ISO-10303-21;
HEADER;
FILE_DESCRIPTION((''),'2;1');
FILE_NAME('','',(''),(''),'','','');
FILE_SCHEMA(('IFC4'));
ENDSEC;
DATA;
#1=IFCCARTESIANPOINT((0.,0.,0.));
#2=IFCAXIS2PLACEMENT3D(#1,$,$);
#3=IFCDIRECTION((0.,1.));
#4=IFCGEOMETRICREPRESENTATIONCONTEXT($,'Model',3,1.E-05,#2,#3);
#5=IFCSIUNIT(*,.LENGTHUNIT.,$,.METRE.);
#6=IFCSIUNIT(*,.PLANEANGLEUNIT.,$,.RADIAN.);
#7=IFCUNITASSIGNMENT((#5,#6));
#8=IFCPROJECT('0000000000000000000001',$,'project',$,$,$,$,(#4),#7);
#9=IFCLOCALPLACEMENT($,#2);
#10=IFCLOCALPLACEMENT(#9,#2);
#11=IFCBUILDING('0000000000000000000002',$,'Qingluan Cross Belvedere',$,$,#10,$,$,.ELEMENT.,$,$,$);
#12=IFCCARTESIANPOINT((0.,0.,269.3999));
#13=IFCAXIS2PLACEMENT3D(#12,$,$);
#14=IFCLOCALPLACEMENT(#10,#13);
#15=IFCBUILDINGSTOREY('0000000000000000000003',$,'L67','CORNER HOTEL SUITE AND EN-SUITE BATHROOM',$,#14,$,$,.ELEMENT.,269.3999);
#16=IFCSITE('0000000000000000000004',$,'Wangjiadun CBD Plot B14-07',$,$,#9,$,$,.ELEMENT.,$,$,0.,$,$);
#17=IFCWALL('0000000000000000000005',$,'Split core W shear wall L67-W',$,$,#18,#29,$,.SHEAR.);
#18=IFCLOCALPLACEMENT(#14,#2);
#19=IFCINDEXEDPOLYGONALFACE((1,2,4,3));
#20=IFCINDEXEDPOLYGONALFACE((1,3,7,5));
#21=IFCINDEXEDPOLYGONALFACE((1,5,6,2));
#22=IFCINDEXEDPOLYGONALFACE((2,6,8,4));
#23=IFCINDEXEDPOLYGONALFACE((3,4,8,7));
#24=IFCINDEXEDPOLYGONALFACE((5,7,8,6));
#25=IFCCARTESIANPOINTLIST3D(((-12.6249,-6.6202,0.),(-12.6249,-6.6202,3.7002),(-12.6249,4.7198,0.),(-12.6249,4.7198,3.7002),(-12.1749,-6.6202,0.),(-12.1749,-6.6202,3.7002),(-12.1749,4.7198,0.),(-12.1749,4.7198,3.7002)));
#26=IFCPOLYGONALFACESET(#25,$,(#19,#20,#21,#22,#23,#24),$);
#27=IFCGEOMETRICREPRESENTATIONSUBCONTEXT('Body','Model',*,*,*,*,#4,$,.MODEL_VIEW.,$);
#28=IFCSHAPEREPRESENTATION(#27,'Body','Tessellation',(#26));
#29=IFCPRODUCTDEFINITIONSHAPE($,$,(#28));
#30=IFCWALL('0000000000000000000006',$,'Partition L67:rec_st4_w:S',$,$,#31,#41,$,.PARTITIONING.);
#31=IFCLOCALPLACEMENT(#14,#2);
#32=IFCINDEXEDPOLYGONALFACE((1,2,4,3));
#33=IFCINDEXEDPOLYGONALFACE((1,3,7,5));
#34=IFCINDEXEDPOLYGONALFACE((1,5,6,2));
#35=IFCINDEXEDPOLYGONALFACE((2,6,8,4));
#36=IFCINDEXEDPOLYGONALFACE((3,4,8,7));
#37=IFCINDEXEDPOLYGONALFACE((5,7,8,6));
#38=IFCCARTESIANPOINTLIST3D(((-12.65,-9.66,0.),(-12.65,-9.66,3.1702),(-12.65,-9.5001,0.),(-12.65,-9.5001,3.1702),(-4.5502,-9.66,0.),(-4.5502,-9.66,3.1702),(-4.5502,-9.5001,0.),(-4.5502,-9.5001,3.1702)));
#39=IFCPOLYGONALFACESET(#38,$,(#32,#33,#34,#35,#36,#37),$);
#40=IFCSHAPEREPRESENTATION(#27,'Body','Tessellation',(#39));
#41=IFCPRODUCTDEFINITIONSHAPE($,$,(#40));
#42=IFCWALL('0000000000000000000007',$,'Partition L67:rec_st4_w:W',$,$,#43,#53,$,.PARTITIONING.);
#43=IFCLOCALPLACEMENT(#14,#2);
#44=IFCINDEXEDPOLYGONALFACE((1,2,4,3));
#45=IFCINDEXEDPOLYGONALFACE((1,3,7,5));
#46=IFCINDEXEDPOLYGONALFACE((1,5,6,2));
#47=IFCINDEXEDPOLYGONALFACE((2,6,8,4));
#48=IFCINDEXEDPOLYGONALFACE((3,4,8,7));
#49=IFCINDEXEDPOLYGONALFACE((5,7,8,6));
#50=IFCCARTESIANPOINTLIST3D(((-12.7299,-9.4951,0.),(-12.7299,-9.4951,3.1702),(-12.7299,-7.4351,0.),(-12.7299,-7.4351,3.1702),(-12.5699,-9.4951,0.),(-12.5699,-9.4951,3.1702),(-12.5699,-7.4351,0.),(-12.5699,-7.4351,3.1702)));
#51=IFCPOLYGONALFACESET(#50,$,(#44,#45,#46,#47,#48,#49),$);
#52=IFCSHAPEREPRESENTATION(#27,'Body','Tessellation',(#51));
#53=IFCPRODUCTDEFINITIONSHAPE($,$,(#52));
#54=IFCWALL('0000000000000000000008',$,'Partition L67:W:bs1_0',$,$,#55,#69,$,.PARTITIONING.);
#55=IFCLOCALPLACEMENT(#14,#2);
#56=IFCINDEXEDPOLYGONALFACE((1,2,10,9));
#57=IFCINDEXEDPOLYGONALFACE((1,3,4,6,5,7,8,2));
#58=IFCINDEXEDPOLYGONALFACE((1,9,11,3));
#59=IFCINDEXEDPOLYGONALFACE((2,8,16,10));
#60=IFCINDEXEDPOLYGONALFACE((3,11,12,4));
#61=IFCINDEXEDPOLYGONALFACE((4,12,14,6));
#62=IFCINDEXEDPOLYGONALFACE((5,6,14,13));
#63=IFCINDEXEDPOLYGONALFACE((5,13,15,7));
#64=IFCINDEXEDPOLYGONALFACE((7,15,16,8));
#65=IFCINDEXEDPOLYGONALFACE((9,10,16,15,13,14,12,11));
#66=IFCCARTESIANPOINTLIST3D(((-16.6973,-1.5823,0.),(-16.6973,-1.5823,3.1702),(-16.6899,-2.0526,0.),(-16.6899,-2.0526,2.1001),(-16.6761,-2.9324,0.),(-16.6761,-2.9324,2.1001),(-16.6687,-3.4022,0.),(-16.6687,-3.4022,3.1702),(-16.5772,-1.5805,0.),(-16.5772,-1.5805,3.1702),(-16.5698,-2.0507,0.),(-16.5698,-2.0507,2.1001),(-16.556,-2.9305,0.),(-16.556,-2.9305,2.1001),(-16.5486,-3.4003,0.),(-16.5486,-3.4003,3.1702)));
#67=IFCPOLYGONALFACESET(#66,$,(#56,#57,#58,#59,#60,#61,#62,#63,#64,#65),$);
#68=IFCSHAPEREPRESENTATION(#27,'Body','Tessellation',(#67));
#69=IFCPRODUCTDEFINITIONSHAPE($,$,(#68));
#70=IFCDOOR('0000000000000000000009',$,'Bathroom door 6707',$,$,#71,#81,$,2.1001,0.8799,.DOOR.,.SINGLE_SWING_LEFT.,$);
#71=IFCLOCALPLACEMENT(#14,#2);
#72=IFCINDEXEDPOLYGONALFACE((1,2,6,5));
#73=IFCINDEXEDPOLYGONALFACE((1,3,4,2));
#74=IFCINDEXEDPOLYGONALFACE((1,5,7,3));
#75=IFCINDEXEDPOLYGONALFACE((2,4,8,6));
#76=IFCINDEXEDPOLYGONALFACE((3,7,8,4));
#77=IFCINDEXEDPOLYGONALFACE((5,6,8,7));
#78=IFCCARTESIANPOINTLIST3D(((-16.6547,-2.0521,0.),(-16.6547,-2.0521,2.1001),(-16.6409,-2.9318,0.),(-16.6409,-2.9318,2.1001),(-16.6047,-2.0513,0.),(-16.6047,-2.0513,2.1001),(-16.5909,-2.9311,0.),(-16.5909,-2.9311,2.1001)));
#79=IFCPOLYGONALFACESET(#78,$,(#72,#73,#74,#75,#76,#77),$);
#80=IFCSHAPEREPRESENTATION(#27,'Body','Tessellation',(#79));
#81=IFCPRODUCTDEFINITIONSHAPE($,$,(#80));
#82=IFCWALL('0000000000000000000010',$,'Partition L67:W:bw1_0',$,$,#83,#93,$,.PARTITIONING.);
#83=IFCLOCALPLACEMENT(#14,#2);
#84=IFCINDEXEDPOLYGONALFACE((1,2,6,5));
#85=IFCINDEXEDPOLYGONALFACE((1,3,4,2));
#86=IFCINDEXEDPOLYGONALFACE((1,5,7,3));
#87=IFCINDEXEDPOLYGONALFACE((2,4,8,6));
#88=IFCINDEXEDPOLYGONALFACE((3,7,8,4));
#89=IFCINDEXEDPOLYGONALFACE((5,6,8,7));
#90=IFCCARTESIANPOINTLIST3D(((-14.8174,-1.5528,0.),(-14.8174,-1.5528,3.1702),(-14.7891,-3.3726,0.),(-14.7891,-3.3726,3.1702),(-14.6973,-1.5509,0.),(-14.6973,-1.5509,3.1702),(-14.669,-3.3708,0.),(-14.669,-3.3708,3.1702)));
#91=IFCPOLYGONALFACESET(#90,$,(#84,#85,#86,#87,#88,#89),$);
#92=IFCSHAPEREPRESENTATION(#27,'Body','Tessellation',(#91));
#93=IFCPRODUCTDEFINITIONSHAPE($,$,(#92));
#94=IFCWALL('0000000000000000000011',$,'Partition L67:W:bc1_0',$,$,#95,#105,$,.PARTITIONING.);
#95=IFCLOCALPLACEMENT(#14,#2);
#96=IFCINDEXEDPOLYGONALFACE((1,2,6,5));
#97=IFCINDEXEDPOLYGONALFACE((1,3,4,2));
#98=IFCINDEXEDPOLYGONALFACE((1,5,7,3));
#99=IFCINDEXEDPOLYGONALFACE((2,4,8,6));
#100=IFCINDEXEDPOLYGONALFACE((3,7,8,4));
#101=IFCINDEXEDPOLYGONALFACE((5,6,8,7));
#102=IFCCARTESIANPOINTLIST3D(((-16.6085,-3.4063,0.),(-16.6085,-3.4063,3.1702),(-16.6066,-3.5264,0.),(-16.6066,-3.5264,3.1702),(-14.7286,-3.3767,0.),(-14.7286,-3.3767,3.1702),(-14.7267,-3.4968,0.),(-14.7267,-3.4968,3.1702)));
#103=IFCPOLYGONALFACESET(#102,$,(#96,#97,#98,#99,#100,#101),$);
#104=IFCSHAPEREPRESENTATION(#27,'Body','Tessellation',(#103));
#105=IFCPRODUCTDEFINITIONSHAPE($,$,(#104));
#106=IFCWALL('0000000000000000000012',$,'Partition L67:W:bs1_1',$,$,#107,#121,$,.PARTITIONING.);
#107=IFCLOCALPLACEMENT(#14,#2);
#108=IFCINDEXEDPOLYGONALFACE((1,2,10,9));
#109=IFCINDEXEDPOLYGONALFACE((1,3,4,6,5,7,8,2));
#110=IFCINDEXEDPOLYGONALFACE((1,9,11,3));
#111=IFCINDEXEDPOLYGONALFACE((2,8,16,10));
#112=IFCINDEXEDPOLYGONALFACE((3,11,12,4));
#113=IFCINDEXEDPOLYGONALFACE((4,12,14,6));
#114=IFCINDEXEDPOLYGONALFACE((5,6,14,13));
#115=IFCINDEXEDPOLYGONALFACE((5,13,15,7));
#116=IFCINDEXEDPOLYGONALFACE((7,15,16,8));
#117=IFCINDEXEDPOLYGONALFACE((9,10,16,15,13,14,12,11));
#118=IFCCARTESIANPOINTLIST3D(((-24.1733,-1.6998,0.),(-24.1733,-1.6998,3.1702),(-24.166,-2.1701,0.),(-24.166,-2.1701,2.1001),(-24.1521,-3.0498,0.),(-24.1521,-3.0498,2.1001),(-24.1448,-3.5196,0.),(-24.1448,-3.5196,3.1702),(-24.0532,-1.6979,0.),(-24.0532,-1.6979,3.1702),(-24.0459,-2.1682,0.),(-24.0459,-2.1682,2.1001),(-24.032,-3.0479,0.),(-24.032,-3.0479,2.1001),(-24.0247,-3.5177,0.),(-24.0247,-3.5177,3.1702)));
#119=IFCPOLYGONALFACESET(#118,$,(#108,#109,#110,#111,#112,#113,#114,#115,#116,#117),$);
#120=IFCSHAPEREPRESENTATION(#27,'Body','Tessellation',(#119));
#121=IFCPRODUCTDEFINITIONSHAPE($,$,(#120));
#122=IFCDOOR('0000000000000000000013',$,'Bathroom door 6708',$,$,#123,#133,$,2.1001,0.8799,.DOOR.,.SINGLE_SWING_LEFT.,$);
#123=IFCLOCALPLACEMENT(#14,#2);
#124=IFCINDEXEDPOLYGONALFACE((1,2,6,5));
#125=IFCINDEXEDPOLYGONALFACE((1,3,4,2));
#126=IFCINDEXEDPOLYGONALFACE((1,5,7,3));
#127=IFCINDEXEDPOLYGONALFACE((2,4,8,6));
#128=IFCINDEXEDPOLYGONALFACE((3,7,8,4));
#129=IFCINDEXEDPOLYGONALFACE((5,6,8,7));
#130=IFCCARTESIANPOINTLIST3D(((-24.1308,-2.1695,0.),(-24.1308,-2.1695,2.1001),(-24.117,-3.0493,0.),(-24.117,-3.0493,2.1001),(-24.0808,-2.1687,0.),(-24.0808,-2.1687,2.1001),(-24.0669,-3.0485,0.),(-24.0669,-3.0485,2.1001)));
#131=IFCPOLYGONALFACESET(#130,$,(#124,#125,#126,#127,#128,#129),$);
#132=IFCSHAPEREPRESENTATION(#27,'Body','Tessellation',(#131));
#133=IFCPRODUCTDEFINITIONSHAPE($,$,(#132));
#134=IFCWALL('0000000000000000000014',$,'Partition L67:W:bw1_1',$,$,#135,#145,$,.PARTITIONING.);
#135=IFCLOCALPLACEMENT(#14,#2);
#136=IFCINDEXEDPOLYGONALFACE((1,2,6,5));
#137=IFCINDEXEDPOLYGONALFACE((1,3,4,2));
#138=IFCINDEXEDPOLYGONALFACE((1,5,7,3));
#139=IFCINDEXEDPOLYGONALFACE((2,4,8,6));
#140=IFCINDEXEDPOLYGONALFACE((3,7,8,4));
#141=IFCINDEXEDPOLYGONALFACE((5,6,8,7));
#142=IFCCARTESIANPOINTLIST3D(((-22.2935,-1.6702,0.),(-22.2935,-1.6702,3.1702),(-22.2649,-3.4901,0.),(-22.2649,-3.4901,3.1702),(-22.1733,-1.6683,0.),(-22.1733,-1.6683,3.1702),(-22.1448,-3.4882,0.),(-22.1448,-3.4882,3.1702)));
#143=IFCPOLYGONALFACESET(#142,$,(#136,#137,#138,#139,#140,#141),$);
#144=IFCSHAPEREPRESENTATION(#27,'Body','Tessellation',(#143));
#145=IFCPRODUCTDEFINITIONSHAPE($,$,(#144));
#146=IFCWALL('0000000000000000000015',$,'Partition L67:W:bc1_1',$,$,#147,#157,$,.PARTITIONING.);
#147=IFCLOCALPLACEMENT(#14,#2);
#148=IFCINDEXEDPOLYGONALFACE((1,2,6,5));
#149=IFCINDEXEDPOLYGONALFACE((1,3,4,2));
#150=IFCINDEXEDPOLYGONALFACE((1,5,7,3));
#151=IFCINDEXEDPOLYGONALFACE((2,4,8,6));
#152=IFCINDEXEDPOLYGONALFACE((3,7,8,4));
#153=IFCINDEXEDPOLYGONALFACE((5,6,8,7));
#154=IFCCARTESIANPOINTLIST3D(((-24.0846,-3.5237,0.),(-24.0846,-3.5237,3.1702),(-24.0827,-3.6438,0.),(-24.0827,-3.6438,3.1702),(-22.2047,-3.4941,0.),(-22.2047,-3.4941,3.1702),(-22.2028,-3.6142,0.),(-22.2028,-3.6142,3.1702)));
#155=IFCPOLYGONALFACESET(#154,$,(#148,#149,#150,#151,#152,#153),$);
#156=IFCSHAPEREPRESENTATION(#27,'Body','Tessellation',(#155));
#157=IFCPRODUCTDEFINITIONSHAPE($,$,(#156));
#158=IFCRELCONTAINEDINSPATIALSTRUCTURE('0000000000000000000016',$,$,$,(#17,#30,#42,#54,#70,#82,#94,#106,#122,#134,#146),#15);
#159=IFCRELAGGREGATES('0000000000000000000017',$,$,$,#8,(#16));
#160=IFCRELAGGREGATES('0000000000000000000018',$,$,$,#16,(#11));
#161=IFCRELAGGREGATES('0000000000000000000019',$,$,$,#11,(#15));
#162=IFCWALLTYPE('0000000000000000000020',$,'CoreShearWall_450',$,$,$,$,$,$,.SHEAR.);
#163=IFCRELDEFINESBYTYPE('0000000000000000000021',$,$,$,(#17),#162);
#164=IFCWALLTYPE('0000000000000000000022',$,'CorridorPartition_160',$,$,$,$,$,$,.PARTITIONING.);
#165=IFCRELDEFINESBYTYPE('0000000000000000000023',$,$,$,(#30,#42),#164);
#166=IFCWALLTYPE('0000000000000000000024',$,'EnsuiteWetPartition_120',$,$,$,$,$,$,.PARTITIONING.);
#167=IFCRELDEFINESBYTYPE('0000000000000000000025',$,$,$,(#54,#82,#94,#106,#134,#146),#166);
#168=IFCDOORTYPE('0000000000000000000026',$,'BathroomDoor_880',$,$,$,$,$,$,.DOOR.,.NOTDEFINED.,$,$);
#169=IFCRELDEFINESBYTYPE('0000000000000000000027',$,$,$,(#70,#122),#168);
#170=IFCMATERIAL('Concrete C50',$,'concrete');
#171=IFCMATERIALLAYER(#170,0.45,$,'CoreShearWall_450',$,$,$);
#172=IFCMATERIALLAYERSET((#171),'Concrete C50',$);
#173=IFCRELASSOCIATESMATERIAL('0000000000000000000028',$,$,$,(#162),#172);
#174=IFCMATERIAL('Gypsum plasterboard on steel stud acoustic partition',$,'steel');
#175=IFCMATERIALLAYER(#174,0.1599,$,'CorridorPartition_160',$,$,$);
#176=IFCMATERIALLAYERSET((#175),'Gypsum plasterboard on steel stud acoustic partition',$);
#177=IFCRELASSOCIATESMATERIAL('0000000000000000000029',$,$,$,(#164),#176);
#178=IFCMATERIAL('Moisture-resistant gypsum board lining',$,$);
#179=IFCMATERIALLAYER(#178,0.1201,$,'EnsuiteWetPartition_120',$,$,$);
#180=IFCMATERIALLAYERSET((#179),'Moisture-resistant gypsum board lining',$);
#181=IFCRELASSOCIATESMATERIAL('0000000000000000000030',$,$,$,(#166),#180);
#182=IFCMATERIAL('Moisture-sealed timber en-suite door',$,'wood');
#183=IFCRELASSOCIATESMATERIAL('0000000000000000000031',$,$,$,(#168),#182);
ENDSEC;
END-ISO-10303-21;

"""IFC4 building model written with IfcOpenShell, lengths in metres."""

from ifc_helpers import new_model, si_unit, direction, frame, frame_2d, origin, place, context, subcontext, project, spatial, rectangle, extrude, material, layer, layer_set, type_object, element, fill, save


model = new_model("IFC4")

# Units and contexts
model_context = context("Model", 3, precision=1e-05, world=origin(), true_north=direction((0.0, 1.0)))
body_context = subcontext(model_context, "Body", "Model", "MODEL_VIEW")
ifc_project = project(units=[si_unit("LENGTHUNIT", "METRE"), si_unit("PLANEANGLEUNIT", "RADIAN")], contexts=[model_context])

# Site, building, storey
site_placement = place(None, origin())
site = spatial("IfcSite", under=ifc_project, at=site_placement, Name="Wangjiadun CBD Plot B14-07", CompositionType="ELEMENT", RefElevation=0.0)
building_placement = place(site_placement, origin())
building = spatial("IfcBuilding", under=site, at=building_placement, Name="Qingluan Cross Belvedere", CompositionType="ELEMENT")
storey_placement = place(building_placement, frame((0.0, 0.0, 269.3999)))
storey = spatial("IfcBuildingStorey", under=building, at=storey_placement, Name="L67", Description="CORNER HOTEL SUITE AND EN-SUITE BATHROOM", CompositionType="ELEMENT", Elevation=269.3999)

# Walls
ifc_material_1 = material(Name="Concrete C50", Category="concrete")
ifc_layer_1 = layer(ifc_material_1, 0.45, Name="CoreShearWall_450")
ifc_layer_set_1 = layer_set([ifc_layer_1], Name="Concrete C50")
wall_type_1 = type_object("IfcWallType", Name="CoreShearWall_450", PredefinedType="SHEAR", material=ifc_layer_set_1)
wall_1_placement = place(storey_placement, frame((-12.3999, -6.6201, 0.0), z_axis=(0.0, 0.0, 1.0), x_axis=(0.0, 1.0, 0.0)))
element("IfcWall", 1, at=wall_1_placement, inside=storey, type_object=wall_type_1, Name="Split core W shear wall L67-W", PredefinedType="SHEAR", context=body_context, shape_type="SweptSolid", body=[
    extrude(rectangle(XDim=11.3401, YDim=0.45, at=frame_2d((5.6699, 0.0))), origin(), (0.0, 0.0, 1.0), 3.7002),
])
ifc_material_2 = material(Name="Gypsum plasterboard on steel stud acoustic partition", Category="steel")
ifc_layer_2 = layer(ifc_material_2, 0.1599, Name="CorridorPartition_160")
ifc_layer_set_2 = layer_set([ifc_layer_2], Name="Gypsum plasterboard on steel stud acoustic partition")
wall_type_2 = type_object("IfcWallType", Name="CorridorPartition_160", PredefinedType="PARTITIONING", material=ifc_layer_set_2)
wall_2_placement = place(storey_placement, frame((-12.6499, -9.5801, 0.0), z_axis=(0.0, 0.0, 1.0), x_axis=(1.0, 0.0, 0.0)))
element("IfcWall", 2, at=wall_2_placement, inside=storey, type_object=wall_type_2, Name="Partition L67:rec_st4_w:S", PredefinedType="PARTITIONING", context=body_context, shape_type="SweptSolid", body=[
    extrude(rectangle(XDim=8.0999, YDim=0.1599, at=frame_2d((4.0498, 0.0))), origin(), (0.0, 0.0, 1.0), 3.1702),
])
wall_3_placement = place(storey_placement, frame((-12.6499, -9.4951, 0.0), z_axis=(0.0, 0.0, 1.0), x_axis=(0.0, 1.0, 0.0)))
element("IfcWall", 3, at=wall_3_placement, inside=storey, type_object=wall_type_2, Name="Partition L67:rec_st4_w:W", PredefinedType="PARTITIONING", context=body_context, shape_type="SweptSolid", body=[
    extrude(rectangle(XDim=2.0601, YDim=0.1599, at=frame_2d((1.03, 0.0))), origin(), (0.0, 0.0, 1.0), 3.1702),
])

# Wall, opening, door
ifc_material_3 = material(Name="Moisture-resistant gypsum board lining")
ifc_layer_3 = layer(ifc_material_3, 0.1201, Name="EnsuiteWetPartition_120")
ifc_layer_set_3 = layer_set([ifc_layer_3], Name="Moisture-resistant gypsum board lining")
wall_type_3 = type_object("IfcWallType", Name="EnsuiteWetPartition_120", PredefinedType="PARTITIONING", material=ifc_layer_set_3)
wall_4_placement = place(storey_placement, frame((-16.6086, -3.4014, 0.0), z_axis=(0.0, 0.0, 1.0), x_axis=(-0.015694, 0.999877, 0.0)))
wall_4 = element("IfcWall", 4, at=wall_4_placement, inside=storey, type_object=wall_type_3, Name="Partition L67:W:bs1_0", PredefinedType="PARTITIONING", context=body_context, shape_type="SweptSolid", body=[
    extrude(rectangle(XDim=1.8201, YDim=0.1201, at=frame_2d((0.9102, 0.0))), origin(), (0.0, 0.0, 1.0), 3.1702),
])
opening_1_placement = place(wall_4_placement, frame((0.47, 0.0, 0.0)))
opening_1 = element("IfcOpeningElement", 5, at=opening_1_placement, cuts=wall_4, PredefinedType="OPENING", context=body_context, shape_type="SweptSolid", body=[
    extrude(rectangle(XDim=0.8799, YDim=2.1001, at=frame_2d((0.4399, 1.05))), frame((0.0, 0.0701, 0.0), z_axis=(0.0, -1.0, 0.0), x_axis=(1.0, 0.0, 0.0)), (0.0, 0.0, 1.0), 0.1401),
])
ifc_material_4 = material(Name="Moisture-sealed timber en-suite door", Category="wood")
door_type_1 = type_object("IfcDoorType", Name="BathroomDoor_880", OperationType="NOTDEFINED", PredefinedType="DOOR", material=ifc_material_4)
door_1_placement = place(opening_1_placement, origin())
door_1 = element("IfcDoor", 6, at=door_1_placement, inside=storey, type_object=door_type_1, Name="Bathroom door 6707", OperationType="SINGLE_SWING_LEFT", OverallHeight=2.1001, OverallWidth=0.8799, PredefinedType="DOOR", context=body_context, shape_type="SweptSolid", body=[
    extrude(rectangle(XDim=0.8799, YDim=2.1001, at=frame_2d((0.4399, 1.05))), frame((0.0, 0.0249, 0.0), z_axis=(0.0, -1.0, 0.0), x_axis=(1.0, 0.0, 0.0)), (0.0, 0.0, 1.0), 0.05),
])
fill(opening_1, door_1)

# Walls
wall_5_placement = place(storey_placement, frame((-14.729, -3.3718, 0.0), z_axis=(0.0, 0.0, 1.0), x_axis=(-0.01556, 0.999879, 0.0)))
element("IfcWall", 7, at=wall_5_placement, inside=storey, type_object=wall_type_3, Name="Partition L67:W:bw1_0", PredefinedType="PARTITIONING", context=body_context, shape_type="SweptSolid", body=[
    extrude(rectangle(XDim=1.8201, YDim=0.1201, at=frame_2d((0.9102, 0.0))), origin(), (0.0, 0.0, 1.0), 3.1702),
])
wall_6_placement = place(storey_placement, frame((-14.7278, -3.4368, 0.0), z_axis=(0.0, 0.0, 1.0), x_axis=(-0.999877, -0.015712, 0.0)))
element("IfcWall", 8, at=wall_6_placement, inside=storey, type_object=wall_type_3, Name="Partition L67:W:bc1_0", PredefinedType="PARTITIONING", context=body_context, shape_type="SweptSolid", body=[
    extrude(rectangle(XDim=1.8801, YDim=0.1201, at=frame_2d((0.9399, 0.0))), origin(), (0.0, 0.0, 1.0), 3.1702),
])

# Wall, opening, door
wall_7_placement = place(storey_placement, frame((-24.0847, -3.5188, 0.0), z_axis=(0.0, 0.0, 1.0), x_axis=(-0.015694, 0.999877, 0.0)))
wall_7 = element("IfcWall", 9, at=wall_7_placement, inside=storey, type_object=wall_type_3, Name="Partition L67:W:bs1_1", PredefinedType="PARTITIONING", context=body_context, shape_type="SweptSolid", body=[
    extrude(rectangle(XDim=1.8201, YDim=0.1201, at=frame_2d((0.9102, 0.0))), origin(), (0.0, 0.0, 1.0), 3.1702),
])
opening_2_placement = place(wall_7_placement, frame((0.47, 0.0, 0.0)))
opening_2 = element("IfcOpeningElement", 10, at=opening_2_placement, cuts=wall_7, PredefinedType="OPENING", context=body_context, shape_type="SweptSolid", body=[
    extrude(rectangle(XDim=0.8799, YDim=2.1001, at=frame_2d((0.4399, 1.05))), frame((0.0, 0.0701, 0.0), z_axis=(0.0, -1.0, 0.0), x_axis=(1.0, 0.0, 0.0)), (0.0, 0.0, 1.0), 0.1401),
])
door_2_placement = place(opening_2_placement, origin())
door_2 = element("IfcDoor", 11, at=door_2_placement, inside=storey, type_object=door_type_1, Name="Bathroom door 6708", OperationType="SINGLE_SWING_LEFT", OverallHeight=2.1001, OverallWidth=0.8799, PredefinedType="DOOR", context=body_context, shape_type="SweptSolid", body=[
    extrude(rectangle(XDim=0.8799, YDim=2.1001, at=frame_2d((0.4399, 1.05))), frame((0.0, 0.0249, 0.0), z_axis=(0.0, -1.0, 0.0), x_axis=(1.0, 0.0, 0.0)), (0.0, 0.0, 1.0), 0.05),
])
fill(opening_2, door_2)

# Walls
wall_8_placement = place(storey_placement, frame((-22.2048, -3.4893, 0.0), z_axis=(0.0, 0.0, 1.0), x_axis=(-0.015694, 0.999877, 0.0)))
element("IfcWall", 12, at=wall_8_placement, inside=storey, type_object=wall_type_3, Name="Partition L67:W:bw1_1", PredefinedType="PARTITIONING", context=body_context, shape_type="SweptSolid", body=[
    extrude(rectangle(XDim=1.8201, YDim=0.1201, at=frame_2d((0.9102, 0.0))), origin(), (0.0, 0.0, 1.0), 3.1702),
])
wall_9_placement = place(storey_placement, frame((-22.2039, -3.5542, 0.0), z_axis=(0.0, 0.0, 1.0), x_axis=(-0.999877, -0.015712, 0.0)))
element("IfcWall", 13, at=wall_9_placement, inside=storey, type_object=wall_type_3, Name="Partition L67:W:bc1_1", PredefinedType="PARTITIONING", context=body_context, shape_type="SweptSolid", body=[
    extrude(rectangle(XDim=1.8801, YDim=0.1201, at=frame_2d((0.9399, 0.0))), origin(), (0.0, 0.0, 1.0), 3.1702),
])

save(model, "model.ifc")
